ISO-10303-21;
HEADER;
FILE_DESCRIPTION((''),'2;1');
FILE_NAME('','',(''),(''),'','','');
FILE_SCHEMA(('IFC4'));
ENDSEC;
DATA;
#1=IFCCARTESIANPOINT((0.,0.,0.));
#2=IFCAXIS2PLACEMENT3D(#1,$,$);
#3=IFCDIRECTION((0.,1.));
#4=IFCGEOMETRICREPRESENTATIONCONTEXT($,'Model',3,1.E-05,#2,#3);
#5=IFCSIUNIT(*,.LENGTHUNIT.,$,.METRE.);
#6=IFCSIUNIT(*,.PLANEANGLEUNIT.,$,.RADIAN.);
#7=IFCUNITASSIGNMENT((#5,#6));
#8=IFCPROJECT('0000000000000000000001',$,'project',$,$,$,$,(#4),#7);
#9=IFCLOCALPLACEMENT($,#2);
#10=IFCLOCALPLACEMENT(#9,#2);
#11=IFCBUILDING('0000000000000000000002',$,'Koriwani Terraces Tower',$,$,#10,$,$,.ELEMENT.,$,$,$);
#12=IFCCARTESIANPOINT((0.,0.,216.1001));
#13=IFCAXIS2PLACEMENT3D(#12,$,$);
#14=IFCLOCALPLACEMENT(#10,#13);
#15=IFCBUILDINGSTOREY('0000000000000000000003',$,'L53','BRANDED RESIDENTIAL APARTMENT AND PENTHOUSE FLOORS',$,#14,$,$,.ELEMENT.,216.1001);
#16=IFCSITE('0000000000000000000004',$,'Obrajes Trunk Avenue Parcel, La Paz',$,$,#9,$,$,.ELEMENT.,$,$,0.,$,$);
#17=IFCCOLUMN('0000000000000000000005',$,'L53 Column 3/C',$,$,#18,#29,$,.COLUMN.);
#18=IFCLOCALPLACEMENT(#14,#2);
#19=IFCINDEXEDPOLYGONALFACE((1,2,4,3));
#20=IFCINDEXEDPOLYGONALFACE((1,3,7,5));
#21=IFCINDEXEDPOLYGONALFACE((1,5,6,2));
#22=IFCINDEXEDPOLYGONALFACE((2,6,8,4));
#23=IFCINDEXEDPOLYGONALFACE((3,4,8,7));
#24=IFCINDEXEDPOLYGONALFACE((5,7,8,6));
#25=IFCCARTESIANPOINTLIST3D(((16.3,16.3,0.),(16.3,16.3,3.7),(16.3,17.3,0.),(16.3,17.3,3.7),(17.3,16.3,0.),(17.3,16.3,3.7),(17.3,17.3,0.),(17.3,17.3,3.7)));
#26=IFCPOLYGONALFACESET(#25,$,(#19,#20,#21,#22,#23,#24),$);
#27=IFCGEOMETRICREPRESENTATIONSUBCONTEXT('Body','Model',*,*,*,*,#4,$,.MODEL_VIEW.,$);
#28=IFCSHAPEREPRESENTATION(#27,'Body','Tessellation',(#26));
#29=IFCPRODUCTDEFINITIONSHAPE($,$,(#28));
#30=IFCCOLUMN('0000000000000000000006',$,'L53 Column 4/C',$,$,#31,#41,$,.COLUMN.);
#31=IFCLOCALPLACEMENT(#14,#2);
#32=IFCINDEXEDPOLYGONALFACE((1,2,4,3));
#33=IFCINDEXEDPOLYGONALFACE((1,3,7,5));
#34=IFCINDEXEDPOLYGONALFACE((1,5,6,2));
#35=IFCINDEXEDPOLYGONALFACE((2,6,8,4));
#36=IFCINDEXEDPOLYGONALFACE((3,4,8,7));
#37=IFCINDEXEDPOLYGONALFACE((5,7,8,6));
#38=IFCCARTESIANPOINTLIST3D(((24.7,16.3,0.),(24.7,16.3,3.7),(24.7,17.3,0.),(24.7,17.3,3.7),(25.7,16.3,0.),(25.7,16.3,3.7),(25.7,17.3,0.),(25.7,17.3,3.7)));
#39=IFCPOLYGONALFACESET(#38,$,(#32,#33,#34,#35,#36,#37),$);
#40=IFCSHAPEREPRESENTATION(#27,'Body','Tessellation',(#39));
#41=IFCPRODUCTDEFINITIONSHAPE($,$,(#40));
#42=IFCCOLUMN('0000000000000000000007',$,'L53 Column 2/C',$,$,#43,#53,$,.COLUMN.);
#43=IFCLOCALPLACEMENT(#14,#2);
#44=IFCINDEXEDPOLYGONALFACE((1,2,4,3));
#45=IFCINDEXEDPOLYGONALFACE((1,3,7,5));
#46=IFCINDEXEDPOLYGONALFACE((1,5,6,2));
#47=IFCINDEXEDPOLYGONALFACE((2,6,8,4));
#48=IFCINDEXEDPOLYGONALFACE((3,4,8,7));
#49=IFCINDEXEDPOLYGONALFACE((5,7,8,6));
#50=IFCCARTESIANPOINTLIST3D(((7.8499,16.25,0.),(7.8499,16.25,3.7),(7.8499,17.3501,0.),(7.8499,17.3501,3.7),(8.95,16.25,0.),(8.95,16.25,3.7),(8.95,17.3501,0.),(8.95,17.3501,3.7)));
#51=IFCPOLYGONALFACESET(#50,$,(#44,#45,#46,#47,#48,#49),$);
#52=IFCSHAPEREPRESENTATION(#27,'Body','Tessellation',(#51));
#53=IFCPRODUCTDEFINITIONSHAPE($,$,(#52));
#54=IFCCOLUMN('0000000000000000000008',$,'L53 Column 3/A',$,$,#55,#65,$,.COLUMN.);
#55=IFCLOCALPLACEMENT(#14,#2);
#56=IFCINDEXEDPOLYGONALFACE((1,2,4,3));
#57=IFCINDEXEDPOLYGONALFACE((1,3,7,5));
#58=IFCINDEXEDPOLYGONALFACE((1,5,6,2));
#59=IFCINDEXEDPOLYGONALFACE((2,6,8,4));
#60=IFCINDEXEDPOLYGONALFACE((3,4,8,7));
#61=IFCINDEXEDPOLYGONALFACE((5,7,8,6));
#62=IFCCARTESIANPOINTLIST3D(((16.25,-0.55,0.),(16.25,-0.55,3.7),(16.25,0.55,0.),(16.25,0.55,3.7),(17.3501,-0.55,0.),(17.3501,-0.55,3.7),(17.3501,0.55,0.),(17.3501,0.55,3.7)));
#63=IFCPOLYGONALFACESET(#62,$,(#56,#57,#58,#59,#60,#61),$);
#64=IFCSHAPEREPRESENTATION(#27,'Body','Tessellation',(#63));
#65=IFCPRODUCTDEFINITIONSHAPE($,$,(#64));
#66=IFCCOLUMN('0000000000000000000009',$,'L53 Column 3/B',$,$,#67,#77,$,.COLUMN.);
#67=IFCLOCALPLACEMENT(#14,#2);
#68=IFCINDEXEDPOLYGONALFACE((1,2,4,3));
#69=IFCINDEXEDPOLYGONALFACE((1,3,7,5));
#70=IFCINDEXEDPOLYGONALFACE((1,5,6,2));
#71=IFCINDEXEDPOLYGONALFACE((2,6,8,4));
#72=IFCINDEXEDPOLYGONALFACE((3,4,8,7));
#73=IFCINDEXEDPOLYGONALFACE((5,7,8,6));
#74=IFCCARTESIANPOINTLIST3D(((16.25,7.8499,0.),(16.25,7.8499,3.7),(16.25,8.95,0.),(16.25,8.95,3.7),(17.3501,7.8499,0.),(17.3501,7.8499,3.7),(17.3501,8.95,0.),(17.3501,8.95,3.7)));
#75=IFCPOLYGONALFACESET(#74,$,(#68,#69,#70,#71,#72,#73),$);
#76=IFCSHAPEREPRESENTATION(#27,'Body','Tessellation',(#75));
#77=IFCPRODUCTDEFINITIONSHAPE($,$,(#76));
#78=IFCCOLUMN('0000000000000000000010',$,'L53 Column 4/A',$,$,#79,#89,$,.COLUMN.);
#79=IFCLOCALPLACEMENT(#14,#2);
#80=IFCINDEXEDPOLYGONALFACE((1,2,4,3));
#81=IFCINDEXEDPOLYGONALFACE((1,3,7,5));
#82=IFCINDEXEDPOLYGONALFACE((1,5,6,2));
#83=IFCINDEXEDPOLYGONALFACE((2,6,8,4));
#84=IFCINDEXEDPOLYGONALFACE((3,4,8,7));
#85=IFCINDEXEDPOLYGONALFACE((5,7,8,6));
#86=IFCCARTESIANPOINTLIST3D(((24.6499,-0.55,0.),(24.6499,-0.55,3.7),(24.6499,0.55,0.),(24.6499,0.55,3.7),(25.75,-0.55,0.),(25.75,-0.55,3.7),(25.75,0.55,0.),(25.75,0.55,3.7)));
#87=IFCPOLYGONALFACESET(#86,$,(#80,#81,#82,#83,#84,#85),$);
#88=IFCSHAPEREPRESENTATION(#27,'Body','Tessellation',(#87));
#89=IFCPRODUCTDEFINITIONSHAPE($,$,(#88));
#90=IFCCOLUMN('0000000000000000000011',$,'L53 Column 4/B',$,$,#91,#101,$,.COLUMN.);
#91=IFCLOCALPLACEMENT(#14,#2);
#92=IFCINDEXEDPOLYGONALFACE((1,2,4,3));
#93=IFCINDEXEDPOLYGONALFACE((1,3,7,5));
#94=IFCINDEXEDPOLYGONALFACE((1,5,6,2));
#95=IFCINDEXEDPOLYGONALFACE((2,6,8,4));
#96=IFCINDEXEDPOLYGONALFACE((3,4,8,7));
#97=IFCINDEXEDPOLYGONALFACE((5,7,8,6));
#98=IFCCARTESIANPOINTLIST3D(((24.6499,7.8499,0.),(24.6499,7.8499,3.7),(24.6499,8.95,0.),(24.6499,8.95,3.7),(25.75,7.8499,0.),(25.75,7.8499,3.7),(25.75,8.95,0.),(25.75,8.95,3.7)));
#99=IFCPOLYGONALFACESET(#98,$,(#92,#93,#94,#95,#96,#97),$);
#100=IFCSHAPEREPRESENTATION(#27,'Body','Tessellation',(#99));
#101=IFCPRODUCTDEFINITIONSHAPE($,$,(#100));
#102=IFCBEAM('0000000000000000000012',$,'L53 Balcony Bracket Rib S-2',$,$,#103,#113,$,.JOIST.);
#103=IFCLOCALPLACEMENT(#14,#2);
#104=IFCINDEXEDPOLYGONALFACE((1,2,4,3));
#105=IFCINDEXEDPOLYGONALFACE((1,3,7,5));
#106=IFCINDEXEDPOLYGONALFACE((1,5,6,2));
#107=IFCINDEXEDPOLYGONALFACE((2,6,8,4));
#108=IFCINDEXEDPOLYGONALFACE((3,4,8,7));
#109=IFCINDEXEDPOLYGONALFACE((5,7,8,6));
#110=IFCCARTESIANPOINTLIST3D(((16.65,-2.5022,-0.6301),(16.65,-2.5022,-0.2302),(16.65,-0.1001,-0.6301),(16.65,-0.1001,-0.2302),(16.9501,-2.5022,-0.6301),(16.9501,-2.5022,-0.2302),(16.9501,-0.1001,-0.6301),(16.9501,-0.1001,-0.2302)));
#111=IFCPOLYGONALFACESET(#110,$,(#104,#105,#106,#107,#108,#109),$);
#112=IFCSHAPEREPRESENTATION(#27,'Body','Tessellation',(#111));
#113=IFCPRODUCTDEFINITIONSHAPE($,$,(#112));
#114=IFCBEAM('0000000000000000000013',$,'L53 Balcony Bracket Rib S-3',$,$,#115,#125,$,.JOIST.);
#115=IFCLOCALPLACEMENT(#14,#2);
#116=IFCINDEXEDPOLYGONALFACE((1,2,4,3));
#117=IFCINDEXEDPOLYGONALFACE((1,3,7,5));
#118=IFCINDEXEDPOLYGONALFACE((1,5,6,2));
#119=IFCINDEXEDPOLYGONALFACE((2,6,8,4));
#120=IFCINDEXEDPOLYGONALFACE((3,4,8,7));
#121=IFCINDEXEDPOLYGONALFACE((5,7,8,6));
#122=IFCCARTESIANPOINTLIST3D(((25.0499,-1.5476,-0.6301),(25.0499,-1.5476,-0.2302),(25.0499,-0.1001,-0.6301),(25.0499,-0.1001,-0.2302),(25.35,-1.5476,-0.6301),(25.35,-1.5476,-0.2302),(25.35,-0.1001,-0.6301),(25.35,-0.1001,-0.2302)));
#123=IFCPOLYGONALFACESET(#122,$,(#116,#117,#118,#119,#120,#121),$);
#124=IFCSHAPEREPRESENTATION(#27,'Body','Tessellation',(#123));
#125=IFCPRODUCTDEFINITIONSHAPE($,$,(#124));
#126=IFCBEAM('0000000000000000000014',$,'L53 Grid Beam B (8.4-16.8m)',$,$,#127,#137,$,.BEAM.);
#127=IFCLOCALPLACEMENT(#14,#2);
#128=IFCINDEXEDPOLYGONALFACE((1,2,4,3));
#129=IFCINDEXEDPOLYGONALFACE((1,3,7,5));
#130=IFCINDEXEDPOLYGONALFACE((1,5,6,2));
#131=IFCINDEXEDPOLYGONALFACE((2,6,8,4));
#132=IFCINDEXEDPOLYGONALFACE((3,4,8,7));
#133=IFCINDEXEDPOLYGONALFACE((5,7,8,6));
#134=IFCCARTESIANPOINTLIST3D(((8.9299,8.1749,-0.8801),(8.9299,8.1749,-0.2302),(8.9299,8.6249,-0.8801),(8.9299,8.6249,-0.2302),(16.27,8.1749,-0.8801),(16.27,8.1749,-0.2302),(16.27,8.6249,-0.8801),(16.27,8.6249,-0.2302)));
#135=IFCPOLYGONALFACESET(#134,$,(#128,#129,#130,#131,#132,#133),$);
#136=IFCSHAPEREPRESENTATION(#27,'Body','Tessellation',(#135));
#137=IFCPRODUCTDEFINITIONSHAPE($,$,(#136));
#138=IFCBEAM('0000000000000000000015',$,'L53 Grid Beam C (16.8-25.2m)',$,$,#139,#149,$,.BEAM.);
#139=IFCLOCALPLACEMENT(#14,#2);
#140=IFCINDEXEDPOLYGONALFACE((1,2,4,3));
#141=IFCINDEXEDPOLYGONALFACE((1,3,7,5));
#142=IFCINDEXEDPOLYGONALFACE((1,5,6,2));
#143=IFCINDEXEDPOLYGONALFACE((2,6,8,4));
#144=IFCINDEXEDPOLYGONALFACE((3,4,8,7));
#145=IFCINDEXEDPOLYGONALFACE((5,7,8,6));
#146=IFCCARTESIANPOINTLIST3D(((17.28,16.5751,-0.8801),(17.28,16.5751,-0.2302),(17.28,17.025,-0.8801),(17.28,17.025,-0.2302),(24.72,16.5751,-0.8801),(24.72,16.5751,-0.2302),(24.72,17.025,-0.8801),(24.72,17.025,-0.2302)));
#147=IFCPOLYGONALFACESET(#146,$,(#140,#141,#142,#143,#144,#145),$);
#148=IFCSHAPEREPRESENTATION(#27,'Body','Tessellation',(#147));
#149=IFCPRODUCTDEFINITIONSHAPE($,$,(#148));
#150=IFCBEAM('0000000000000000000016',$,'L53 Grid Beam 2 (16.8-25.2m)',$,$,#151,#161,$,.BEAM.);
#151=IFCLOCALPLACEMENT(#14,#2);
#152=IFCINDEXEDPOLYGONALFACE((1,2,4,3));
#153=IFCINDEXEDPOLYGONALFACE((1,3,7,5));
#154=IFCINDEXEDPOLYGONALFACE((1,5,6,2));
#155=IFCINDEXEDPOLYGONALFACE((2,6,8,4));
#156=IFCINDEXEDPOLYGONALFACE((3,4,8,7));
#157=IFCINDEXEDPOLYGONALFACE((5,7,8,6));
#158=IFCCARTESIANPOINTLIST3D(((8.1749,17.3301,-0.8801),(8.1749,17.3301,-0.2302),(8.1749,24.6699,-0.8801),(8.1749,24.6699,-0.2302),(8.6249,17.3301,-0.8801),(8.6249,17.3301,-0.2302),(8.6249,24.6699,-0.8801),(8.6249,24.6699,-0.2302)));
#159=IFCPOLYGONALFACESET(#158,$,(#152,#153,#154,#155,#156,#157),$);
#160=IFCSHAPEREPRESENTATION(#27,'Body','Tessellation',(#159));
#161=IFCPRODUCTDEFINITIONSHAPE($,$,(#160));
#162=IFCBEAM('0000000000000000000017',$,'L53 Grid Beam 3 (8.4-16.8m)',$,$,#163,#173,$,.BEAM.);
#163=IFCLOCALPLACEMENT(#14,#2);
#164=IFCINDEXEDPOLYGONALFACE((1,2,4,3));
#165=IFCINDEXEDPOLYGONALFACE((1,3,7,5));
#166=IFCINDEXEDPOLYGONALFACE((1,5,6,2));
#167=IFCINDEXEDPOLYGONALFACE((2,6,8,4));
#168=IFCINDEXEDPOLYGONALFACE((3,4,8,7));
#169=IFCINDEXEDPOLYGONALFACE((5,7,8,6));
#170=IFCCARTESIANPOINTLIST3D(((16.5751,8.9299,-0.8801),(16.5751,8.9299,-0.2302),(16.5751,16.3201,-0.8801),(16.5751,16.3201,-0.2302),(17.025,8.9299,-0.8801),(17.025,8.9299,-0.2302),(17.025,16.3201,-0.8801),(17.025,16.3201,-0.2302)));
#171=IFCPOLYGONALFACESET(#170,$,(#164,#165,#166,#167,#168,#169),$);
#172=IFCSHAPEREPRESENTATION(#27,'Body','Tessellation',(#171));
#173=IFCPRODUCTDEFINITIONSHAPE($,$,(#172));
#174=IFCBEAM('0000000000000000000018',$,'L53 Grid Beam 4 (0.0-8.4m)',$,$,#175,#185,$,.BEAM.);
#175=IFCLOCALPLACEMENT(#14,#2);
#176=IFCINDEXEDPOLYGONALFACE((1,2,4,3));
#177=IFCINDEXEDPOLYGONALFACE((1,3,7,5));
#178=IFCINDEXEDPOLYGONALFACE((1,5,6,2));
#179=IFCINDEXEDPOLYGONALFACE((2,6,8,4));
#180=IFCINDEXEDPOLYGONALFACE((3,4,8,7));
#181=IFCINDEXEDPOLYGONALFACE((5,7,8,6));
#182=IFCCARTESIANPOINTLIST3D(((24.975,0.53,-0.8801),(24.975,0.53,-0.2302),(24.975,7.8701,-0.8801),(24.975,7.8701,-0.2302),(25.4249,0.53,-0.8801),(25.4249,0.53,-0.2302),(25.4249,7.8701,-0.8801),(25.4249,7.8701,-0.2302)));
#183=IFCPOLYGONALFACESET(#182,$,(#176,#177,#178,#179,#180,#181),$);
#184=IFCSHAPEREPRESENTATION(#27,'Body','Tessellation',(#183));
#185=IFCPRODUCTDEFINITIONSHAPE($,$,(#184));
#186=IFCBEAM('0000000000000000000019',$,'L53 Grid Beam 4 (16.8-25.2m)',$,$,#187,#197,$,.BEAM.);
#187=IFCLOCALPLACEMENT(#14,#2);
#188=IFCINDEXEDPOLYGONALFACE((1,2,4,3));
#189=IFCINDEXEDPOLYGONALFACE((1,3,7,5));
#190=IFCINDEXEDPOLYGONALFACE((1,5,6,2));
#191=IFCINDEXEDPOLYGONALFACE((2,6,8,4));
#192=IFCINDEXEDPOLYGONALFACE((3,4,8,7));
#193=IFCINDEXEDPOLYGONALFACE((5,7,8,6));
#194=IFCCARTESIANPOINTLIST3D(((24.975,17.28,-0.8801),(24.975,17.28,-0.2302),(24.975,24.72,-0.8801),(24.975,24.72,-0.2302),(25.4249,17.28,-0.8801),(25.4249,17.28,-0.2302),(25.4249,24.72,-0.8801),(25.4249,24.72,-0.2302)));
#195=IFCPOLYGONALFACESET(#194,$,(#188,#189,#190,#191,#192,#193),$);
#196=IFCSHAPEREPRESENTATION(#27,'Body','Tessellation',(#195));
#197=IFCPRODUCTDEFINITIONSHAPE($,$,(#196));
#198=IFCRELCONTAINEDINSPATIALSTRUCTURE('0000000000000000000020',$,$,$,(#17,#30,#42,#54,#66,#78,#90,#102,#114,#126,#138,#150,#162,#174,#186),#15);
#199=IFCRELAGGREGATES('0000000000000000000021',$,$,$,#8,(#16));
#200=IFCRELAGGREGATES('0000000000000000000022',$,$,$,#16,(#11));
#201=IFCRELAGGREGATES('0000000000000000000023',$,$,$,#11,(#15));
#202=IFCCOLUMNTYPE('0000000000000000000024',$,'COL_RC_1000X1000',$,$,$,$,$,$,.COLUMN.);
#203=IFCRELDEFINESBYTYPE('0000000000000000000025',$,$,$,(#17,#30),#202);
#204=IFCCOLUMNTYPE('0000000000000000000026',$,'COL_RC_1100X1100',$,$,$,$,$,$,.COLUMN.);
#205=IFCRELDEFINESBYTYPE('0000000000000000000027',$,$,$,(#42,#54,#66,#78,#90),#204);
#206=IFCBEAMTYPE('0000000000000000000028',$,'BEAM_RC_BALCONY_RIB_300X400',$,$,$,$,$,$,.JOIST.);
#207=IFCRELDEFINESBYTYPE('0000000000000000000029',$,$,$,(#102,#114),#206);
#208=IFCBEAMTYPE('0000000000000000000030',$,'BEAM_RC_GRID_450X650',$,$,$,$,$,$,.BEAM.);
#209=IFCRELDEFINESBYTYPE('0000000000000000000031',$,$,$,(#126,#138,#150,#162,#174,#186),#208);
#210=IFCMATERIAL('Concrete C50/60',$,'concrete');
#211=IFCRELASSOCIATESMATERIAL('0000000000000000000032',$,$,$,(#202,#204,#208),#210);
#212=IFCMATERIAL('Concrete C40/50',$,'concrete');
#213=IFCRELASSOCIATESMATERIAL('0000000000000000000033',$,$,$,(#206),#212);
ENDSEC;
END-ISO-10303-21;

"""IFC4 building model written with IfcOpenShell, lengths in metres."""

from ifc_helpers import new_model, si_unit, direction, frame, origin, origin_2d, place, context, subcontext, project, spatial, rectangle, extrude, material, material_profile, profile_set, type_object, element, save


model = new_model("IFC4")

# Units and contexts
model_context = context("Model", 3, precision=1e-05, world=origin(), true_north=direction((0.0, 1.0)))
body_context = subcontext(model_context, "Body", "Model", "MODEL_VIEW")
ifc_project = project(units=[si_unit("LENGTHUNIT", "METRE"), si_unit("PLANEANGLEUNIT", "RADIAN")], contexts=[model_context])

# Site, building, storey
site_placement = place(None, origin())
site = spatial("IfcSite", under=ifc_project, at=site_placement, Name="Obrajes Trunk Avenue Parcel, La Paz", CompositionType="ELEMENT", RefElevation=0.0)
building_placement = place(site_placement, origin())
building = spatial("IfcBuilding", under=site, at=building_placement, Name="Koriwani Terraces Tower", CompositionType="ELEMENT")
storey_placement = place(building_placement, frame((0.0, 0.0, 216.1001)))
storey = spatial("IfcBuildingStorey", under=building, at=storey_placement, Name="L53", Description="BRANDED RESIDENTIAL APARTMENT AND PENTHOUSE FLOORS", CompositionType="ELEMENT", Elevation=216.1001)

# Columns
ifc_material_1 = material(Name="Concrete C50/60", Category="concrete")
ifc_material_profile_1 = material_profile(ifc_material_1, rectangle(XDim=1.0, YDim=1.0, at=origin_2d()), Name="Concrete C50/60", Category="LoadBearing")
ifc_profile_set_1 = profile_set([ifc_material_profile_1], Name="Concrete C50/60")
column_type_1 = type_object("IfcColumnType", Name="COL_RC_1000X1000", PredefinedType="COLUMN", material=ifc_profile_set_1)
for number, where, z_axis, x_axis, name in (
    (1, (16.8, 16.8, 0.0), (0.0, 0.0, 1.0), (1.0, 0.0, 0.0), "L53 Column 3/C"),
    (2, (25.2, 16.8, 0.0), (0.0, 0.0, 1.0), (1.0, 0.0, 0.0), "L53 Column 4/C"),
):
    element("IfcColumn", number, at=place(storey_placement, frame(where, z_axis=z_axis, x_axis=x_axis)), inside=storey, type_object=column_type_1, Name=name, PredefinedType="COLUMN", context=body_context, shape_type="SweptSolid", body=[
        extrude(rectangle(XDim=1.0, YDim=1.0, at=origin_2d()), origin(), (0.0, 0.0, 1.0), 3.7),
    ])
ifc_material_profile_2 = material_profile(ifc_material_1, rectangle(XDim=1.1001, YDim=1.1001, at=origin_2d()), Name="Concrete C50/60", Category="LoadBearing")
ifc_profile_set_2 = profile_set([ifc_material_profile_2], Name="Concrete C50/60")
column_type_2 = type_object("IfcColumnType", Name="COL_RC_1100X1100", PredefinedType="COLUMN", material=ifc_profile_set_2)
for number, where, z_axis, x_axis, name in (
    (3, (8.3999, 16.8, 0.0), (0.0, 0.0, 1.0), (1.0, 0.0, 0.0), "L53 Column 2/C"),
    (4, (16.8, 0.0, 0.0), (0.0, 0.0, 1.0), (1.0, 0.0, 0.0), "L53 Column 3/A"),
    (5, (16.8, 8.3999, 0.0), (0.0, 0.0, 1.0), (1.0, 0.0, 0.0), "L53 Column 3/B"),
    (6, (25.2, 0.0, 0.0), (0.0, 0.0, 1.0), (1.0, 0.0, 0.0), "L53 Column 4/A"),
    (7, (25.2, 8.3999, 0.0), (0.0, 0.0, 1.0), (1.0, 0.0, 0.0), "L53 Column 4/B"),
):
    element("IfcColumn", number, at=place(storey_placement, frame(where, z_axis=z_axis, x_axis=x_axis)), inside=storey, type_object=column_type_2, Name=name, PredefinedType="COLUMN", context=body_context, shape_type="SweptSolid", body=[
        extrude(rectangle(XDim=1.1001, YDim=1.1001, at=origin_2d()), origin(), (0.0, 0.0, 1.0), 3.7),
    ])

# Beams
ifc_material_2 = material(Name="Concrete C40/50", Category="concrete")
ifc_material_profile_3 = material_profile(ifc_material_2, rectangle(XDim=0.3, YDim=0.3999, at=origin_2d()), Name="Concrete C40/50", Category="LoadBearing")
ifc_profile_set_3 = profile_set([ifc_material_profile_3], Name="Concrete C40/50")
beam_type_1 = type_object("IfcBeamType", Name="BEAM_RC_BALCONY_RIB_300X400", PredefinedType="JOIST", material=ifc_profile_set_3)
beam_1_placement = place(storey_placement, frame((16.8, -2.5022, -0.4302), z_axis=(0.0, 1.0, 0.0), x_axis=(-1.0, 0.0, 0.0)))
element("IfcBeam", 8, at=beam_1_placement, inside=storey, type_object=beam_type_1, Name="L53 Balcony Bracket Rib S-2", PredefinedType="JOIST", context=body_context, shape_type="SweptSolid", body=[
    extrude(rectangle(XDim=0.3, YDim=0.3999, at=origin_2d()), origin(), (0.0, 0.0, 1.0), 2.4021),
])
beam_2_placement = place(storey_placement, frame((25.2, -1.5476, -0.4302), z_axis=(0.0, 1.0, 0.0), x_axis=(-1.0, 0.0, 0.0)))
element("IfcBeam", 9, at=beam_2_placement, inside=storey, type_object=beam_type_1, Name="L53 Balcony Bracket Rib S-3", PredefinedType="JOIST", context=body_context, shape_type="SweptSolid", body=[
    extrude(rectangle(XDim=0.3, YDim=0.3999, at=origin_2d()), origin(), (0.0, 0.0, 1.0), 1.4475),
])
ifc_material_profile_4 = material_profile(ifc_material_1, rectangle(XDim=0.45, YDim=0.6499, at=origin_2d()), Name="Concrete C50/60", Category="LoadBearing")
ifc_profile_set_4 = profile_set([ifc_material_profile_4], Name="Concrete C50/60")
beam_type_2 = type_object("IfcBeamType", Name="BEAM_RC_GRID_450X650", PredefinedType="BEAM", material=ifc_profile_set_4)
beam_3_placement = place(storey_placement, frame((8.9299, 8.3999, -0.5552), z_axis=(1.0, 0.0, 0.0), x_axis=(0.0, 1.0, 0.0)))
element("IfcBeam", 10, at=beam_3_placement, inside=storey, type_object=beam_type_2, Name="L53 Grid Beam B (8.4-16.8m)", PredefinedType="BEAM", context=body_context, shape_type="SweptSolid", body=[
    extrude(rectangle(XDim=0.45, YDim=0.6499, at=origin_2d()), origin(), (0.0, 0.0, 1.0), 7.3401),
])
beam_4_placement = place(storey_placement, frame((17.28, 16.8, -0.5552), z_axis=(1.0, 0.0, 0.0), x_axis=(0.0, 1.0, 0.0)))
element("IfcBeam", 11, at=beam_4_placement, inside=storey, type_object=beam_type_2, Name="L53 Grid Beam C (16.8-25.2m)", PredefinedType="BEAM", context=body_context, shape_type="SweptSolid", body=[
    extrude(rectangle(XDim=0.45, YDim=0.6499, at=origin_2d()), origin(), (0.0, 0.0, 1.0), 7.4399),
])
beam_5_placement = place(storey_placement, frame((8.3999, 17.3301, -0.5552), z_axis=(0.0, 1.0, 0.0), x_axis=(-1.0, 0.0, 0.0)))
element("IfcBeam", 12, at=beam_5_placement, inside=storey, type_object=beam_type_2, Name="L53 Grid Beam 2 (16.8-25.2m)", PredefinedType="BEAM", context=body_context, shape_type="SweptSolid", body=[
    extrude(rectangle(XDim=0.45, YDim=0.6499, at=origin_2d()), origin(), (0.0, 0.0, 1.0), 7.3398),
])
beam_6_placement = place(storey_placement, frame((16.8, 8.9299, -0.5552), z_axis=(0.0, 1.0, 0.0), x_axis=(-1.0, 0.0, 0.0)))
element("IfcBeam", 13, at=beam_6_placement, inside=storey, type_object=beam_type_2, Name="L53 Grid Beam 3 (8.4-16.8m)", PredefinedType="BEAM", context=body_context, shape_type="SweptSolid", body=[
    extrude(rectangle(XDim=0.45, YDim=0.6499, at=origin_2d()), origin(), (0.0, 0.0, 1.0), 7.3901),
])
beam_7_placement = place(storey_placement, frame((25.2, 0.53, -0.5552), z_axis=(0.0, 1.0, 0.0), x_axis=(-1.0, 0.0, 0.0)))
element("IfcBeam", 14, at=beam_7_placement, inside=storey, type_object=beam_type_2, Name="L53 Grid Beam 4 (0.0-8.4m)", PredefinedType="BEAM", context=body_context, shape_type="SweptSolid", body=[
    extrude(rectangle(XDim=0.45, YDim=0.6499, at=origin_2d()), origin(), (0.0, 0.0, 1.0), 7.3401),
])
beam_8_placement = place(storey_placement, frame((25.2, 17.28, -0.5552), z_axis=(0.0, 1.0, 0.0), x_axis=(-1.0, 0.0, 0.0)))
element("IfcBeam", 15, at=beam_8_placement, inside=storey, type_object=beam_type_2, Name="L53 Grid Beam 4 (16.8-25.2m)", PredefinedType="BEAM", context=body_context, shape_type="SweptSolid", body=[
    extrude(rectangle(XDim=0.45, YDim=0.6499, at=origin_2d()), origin(), (0.0, 0.0, 1.0), 7.4399),
])

save(model, "model.ifc")
